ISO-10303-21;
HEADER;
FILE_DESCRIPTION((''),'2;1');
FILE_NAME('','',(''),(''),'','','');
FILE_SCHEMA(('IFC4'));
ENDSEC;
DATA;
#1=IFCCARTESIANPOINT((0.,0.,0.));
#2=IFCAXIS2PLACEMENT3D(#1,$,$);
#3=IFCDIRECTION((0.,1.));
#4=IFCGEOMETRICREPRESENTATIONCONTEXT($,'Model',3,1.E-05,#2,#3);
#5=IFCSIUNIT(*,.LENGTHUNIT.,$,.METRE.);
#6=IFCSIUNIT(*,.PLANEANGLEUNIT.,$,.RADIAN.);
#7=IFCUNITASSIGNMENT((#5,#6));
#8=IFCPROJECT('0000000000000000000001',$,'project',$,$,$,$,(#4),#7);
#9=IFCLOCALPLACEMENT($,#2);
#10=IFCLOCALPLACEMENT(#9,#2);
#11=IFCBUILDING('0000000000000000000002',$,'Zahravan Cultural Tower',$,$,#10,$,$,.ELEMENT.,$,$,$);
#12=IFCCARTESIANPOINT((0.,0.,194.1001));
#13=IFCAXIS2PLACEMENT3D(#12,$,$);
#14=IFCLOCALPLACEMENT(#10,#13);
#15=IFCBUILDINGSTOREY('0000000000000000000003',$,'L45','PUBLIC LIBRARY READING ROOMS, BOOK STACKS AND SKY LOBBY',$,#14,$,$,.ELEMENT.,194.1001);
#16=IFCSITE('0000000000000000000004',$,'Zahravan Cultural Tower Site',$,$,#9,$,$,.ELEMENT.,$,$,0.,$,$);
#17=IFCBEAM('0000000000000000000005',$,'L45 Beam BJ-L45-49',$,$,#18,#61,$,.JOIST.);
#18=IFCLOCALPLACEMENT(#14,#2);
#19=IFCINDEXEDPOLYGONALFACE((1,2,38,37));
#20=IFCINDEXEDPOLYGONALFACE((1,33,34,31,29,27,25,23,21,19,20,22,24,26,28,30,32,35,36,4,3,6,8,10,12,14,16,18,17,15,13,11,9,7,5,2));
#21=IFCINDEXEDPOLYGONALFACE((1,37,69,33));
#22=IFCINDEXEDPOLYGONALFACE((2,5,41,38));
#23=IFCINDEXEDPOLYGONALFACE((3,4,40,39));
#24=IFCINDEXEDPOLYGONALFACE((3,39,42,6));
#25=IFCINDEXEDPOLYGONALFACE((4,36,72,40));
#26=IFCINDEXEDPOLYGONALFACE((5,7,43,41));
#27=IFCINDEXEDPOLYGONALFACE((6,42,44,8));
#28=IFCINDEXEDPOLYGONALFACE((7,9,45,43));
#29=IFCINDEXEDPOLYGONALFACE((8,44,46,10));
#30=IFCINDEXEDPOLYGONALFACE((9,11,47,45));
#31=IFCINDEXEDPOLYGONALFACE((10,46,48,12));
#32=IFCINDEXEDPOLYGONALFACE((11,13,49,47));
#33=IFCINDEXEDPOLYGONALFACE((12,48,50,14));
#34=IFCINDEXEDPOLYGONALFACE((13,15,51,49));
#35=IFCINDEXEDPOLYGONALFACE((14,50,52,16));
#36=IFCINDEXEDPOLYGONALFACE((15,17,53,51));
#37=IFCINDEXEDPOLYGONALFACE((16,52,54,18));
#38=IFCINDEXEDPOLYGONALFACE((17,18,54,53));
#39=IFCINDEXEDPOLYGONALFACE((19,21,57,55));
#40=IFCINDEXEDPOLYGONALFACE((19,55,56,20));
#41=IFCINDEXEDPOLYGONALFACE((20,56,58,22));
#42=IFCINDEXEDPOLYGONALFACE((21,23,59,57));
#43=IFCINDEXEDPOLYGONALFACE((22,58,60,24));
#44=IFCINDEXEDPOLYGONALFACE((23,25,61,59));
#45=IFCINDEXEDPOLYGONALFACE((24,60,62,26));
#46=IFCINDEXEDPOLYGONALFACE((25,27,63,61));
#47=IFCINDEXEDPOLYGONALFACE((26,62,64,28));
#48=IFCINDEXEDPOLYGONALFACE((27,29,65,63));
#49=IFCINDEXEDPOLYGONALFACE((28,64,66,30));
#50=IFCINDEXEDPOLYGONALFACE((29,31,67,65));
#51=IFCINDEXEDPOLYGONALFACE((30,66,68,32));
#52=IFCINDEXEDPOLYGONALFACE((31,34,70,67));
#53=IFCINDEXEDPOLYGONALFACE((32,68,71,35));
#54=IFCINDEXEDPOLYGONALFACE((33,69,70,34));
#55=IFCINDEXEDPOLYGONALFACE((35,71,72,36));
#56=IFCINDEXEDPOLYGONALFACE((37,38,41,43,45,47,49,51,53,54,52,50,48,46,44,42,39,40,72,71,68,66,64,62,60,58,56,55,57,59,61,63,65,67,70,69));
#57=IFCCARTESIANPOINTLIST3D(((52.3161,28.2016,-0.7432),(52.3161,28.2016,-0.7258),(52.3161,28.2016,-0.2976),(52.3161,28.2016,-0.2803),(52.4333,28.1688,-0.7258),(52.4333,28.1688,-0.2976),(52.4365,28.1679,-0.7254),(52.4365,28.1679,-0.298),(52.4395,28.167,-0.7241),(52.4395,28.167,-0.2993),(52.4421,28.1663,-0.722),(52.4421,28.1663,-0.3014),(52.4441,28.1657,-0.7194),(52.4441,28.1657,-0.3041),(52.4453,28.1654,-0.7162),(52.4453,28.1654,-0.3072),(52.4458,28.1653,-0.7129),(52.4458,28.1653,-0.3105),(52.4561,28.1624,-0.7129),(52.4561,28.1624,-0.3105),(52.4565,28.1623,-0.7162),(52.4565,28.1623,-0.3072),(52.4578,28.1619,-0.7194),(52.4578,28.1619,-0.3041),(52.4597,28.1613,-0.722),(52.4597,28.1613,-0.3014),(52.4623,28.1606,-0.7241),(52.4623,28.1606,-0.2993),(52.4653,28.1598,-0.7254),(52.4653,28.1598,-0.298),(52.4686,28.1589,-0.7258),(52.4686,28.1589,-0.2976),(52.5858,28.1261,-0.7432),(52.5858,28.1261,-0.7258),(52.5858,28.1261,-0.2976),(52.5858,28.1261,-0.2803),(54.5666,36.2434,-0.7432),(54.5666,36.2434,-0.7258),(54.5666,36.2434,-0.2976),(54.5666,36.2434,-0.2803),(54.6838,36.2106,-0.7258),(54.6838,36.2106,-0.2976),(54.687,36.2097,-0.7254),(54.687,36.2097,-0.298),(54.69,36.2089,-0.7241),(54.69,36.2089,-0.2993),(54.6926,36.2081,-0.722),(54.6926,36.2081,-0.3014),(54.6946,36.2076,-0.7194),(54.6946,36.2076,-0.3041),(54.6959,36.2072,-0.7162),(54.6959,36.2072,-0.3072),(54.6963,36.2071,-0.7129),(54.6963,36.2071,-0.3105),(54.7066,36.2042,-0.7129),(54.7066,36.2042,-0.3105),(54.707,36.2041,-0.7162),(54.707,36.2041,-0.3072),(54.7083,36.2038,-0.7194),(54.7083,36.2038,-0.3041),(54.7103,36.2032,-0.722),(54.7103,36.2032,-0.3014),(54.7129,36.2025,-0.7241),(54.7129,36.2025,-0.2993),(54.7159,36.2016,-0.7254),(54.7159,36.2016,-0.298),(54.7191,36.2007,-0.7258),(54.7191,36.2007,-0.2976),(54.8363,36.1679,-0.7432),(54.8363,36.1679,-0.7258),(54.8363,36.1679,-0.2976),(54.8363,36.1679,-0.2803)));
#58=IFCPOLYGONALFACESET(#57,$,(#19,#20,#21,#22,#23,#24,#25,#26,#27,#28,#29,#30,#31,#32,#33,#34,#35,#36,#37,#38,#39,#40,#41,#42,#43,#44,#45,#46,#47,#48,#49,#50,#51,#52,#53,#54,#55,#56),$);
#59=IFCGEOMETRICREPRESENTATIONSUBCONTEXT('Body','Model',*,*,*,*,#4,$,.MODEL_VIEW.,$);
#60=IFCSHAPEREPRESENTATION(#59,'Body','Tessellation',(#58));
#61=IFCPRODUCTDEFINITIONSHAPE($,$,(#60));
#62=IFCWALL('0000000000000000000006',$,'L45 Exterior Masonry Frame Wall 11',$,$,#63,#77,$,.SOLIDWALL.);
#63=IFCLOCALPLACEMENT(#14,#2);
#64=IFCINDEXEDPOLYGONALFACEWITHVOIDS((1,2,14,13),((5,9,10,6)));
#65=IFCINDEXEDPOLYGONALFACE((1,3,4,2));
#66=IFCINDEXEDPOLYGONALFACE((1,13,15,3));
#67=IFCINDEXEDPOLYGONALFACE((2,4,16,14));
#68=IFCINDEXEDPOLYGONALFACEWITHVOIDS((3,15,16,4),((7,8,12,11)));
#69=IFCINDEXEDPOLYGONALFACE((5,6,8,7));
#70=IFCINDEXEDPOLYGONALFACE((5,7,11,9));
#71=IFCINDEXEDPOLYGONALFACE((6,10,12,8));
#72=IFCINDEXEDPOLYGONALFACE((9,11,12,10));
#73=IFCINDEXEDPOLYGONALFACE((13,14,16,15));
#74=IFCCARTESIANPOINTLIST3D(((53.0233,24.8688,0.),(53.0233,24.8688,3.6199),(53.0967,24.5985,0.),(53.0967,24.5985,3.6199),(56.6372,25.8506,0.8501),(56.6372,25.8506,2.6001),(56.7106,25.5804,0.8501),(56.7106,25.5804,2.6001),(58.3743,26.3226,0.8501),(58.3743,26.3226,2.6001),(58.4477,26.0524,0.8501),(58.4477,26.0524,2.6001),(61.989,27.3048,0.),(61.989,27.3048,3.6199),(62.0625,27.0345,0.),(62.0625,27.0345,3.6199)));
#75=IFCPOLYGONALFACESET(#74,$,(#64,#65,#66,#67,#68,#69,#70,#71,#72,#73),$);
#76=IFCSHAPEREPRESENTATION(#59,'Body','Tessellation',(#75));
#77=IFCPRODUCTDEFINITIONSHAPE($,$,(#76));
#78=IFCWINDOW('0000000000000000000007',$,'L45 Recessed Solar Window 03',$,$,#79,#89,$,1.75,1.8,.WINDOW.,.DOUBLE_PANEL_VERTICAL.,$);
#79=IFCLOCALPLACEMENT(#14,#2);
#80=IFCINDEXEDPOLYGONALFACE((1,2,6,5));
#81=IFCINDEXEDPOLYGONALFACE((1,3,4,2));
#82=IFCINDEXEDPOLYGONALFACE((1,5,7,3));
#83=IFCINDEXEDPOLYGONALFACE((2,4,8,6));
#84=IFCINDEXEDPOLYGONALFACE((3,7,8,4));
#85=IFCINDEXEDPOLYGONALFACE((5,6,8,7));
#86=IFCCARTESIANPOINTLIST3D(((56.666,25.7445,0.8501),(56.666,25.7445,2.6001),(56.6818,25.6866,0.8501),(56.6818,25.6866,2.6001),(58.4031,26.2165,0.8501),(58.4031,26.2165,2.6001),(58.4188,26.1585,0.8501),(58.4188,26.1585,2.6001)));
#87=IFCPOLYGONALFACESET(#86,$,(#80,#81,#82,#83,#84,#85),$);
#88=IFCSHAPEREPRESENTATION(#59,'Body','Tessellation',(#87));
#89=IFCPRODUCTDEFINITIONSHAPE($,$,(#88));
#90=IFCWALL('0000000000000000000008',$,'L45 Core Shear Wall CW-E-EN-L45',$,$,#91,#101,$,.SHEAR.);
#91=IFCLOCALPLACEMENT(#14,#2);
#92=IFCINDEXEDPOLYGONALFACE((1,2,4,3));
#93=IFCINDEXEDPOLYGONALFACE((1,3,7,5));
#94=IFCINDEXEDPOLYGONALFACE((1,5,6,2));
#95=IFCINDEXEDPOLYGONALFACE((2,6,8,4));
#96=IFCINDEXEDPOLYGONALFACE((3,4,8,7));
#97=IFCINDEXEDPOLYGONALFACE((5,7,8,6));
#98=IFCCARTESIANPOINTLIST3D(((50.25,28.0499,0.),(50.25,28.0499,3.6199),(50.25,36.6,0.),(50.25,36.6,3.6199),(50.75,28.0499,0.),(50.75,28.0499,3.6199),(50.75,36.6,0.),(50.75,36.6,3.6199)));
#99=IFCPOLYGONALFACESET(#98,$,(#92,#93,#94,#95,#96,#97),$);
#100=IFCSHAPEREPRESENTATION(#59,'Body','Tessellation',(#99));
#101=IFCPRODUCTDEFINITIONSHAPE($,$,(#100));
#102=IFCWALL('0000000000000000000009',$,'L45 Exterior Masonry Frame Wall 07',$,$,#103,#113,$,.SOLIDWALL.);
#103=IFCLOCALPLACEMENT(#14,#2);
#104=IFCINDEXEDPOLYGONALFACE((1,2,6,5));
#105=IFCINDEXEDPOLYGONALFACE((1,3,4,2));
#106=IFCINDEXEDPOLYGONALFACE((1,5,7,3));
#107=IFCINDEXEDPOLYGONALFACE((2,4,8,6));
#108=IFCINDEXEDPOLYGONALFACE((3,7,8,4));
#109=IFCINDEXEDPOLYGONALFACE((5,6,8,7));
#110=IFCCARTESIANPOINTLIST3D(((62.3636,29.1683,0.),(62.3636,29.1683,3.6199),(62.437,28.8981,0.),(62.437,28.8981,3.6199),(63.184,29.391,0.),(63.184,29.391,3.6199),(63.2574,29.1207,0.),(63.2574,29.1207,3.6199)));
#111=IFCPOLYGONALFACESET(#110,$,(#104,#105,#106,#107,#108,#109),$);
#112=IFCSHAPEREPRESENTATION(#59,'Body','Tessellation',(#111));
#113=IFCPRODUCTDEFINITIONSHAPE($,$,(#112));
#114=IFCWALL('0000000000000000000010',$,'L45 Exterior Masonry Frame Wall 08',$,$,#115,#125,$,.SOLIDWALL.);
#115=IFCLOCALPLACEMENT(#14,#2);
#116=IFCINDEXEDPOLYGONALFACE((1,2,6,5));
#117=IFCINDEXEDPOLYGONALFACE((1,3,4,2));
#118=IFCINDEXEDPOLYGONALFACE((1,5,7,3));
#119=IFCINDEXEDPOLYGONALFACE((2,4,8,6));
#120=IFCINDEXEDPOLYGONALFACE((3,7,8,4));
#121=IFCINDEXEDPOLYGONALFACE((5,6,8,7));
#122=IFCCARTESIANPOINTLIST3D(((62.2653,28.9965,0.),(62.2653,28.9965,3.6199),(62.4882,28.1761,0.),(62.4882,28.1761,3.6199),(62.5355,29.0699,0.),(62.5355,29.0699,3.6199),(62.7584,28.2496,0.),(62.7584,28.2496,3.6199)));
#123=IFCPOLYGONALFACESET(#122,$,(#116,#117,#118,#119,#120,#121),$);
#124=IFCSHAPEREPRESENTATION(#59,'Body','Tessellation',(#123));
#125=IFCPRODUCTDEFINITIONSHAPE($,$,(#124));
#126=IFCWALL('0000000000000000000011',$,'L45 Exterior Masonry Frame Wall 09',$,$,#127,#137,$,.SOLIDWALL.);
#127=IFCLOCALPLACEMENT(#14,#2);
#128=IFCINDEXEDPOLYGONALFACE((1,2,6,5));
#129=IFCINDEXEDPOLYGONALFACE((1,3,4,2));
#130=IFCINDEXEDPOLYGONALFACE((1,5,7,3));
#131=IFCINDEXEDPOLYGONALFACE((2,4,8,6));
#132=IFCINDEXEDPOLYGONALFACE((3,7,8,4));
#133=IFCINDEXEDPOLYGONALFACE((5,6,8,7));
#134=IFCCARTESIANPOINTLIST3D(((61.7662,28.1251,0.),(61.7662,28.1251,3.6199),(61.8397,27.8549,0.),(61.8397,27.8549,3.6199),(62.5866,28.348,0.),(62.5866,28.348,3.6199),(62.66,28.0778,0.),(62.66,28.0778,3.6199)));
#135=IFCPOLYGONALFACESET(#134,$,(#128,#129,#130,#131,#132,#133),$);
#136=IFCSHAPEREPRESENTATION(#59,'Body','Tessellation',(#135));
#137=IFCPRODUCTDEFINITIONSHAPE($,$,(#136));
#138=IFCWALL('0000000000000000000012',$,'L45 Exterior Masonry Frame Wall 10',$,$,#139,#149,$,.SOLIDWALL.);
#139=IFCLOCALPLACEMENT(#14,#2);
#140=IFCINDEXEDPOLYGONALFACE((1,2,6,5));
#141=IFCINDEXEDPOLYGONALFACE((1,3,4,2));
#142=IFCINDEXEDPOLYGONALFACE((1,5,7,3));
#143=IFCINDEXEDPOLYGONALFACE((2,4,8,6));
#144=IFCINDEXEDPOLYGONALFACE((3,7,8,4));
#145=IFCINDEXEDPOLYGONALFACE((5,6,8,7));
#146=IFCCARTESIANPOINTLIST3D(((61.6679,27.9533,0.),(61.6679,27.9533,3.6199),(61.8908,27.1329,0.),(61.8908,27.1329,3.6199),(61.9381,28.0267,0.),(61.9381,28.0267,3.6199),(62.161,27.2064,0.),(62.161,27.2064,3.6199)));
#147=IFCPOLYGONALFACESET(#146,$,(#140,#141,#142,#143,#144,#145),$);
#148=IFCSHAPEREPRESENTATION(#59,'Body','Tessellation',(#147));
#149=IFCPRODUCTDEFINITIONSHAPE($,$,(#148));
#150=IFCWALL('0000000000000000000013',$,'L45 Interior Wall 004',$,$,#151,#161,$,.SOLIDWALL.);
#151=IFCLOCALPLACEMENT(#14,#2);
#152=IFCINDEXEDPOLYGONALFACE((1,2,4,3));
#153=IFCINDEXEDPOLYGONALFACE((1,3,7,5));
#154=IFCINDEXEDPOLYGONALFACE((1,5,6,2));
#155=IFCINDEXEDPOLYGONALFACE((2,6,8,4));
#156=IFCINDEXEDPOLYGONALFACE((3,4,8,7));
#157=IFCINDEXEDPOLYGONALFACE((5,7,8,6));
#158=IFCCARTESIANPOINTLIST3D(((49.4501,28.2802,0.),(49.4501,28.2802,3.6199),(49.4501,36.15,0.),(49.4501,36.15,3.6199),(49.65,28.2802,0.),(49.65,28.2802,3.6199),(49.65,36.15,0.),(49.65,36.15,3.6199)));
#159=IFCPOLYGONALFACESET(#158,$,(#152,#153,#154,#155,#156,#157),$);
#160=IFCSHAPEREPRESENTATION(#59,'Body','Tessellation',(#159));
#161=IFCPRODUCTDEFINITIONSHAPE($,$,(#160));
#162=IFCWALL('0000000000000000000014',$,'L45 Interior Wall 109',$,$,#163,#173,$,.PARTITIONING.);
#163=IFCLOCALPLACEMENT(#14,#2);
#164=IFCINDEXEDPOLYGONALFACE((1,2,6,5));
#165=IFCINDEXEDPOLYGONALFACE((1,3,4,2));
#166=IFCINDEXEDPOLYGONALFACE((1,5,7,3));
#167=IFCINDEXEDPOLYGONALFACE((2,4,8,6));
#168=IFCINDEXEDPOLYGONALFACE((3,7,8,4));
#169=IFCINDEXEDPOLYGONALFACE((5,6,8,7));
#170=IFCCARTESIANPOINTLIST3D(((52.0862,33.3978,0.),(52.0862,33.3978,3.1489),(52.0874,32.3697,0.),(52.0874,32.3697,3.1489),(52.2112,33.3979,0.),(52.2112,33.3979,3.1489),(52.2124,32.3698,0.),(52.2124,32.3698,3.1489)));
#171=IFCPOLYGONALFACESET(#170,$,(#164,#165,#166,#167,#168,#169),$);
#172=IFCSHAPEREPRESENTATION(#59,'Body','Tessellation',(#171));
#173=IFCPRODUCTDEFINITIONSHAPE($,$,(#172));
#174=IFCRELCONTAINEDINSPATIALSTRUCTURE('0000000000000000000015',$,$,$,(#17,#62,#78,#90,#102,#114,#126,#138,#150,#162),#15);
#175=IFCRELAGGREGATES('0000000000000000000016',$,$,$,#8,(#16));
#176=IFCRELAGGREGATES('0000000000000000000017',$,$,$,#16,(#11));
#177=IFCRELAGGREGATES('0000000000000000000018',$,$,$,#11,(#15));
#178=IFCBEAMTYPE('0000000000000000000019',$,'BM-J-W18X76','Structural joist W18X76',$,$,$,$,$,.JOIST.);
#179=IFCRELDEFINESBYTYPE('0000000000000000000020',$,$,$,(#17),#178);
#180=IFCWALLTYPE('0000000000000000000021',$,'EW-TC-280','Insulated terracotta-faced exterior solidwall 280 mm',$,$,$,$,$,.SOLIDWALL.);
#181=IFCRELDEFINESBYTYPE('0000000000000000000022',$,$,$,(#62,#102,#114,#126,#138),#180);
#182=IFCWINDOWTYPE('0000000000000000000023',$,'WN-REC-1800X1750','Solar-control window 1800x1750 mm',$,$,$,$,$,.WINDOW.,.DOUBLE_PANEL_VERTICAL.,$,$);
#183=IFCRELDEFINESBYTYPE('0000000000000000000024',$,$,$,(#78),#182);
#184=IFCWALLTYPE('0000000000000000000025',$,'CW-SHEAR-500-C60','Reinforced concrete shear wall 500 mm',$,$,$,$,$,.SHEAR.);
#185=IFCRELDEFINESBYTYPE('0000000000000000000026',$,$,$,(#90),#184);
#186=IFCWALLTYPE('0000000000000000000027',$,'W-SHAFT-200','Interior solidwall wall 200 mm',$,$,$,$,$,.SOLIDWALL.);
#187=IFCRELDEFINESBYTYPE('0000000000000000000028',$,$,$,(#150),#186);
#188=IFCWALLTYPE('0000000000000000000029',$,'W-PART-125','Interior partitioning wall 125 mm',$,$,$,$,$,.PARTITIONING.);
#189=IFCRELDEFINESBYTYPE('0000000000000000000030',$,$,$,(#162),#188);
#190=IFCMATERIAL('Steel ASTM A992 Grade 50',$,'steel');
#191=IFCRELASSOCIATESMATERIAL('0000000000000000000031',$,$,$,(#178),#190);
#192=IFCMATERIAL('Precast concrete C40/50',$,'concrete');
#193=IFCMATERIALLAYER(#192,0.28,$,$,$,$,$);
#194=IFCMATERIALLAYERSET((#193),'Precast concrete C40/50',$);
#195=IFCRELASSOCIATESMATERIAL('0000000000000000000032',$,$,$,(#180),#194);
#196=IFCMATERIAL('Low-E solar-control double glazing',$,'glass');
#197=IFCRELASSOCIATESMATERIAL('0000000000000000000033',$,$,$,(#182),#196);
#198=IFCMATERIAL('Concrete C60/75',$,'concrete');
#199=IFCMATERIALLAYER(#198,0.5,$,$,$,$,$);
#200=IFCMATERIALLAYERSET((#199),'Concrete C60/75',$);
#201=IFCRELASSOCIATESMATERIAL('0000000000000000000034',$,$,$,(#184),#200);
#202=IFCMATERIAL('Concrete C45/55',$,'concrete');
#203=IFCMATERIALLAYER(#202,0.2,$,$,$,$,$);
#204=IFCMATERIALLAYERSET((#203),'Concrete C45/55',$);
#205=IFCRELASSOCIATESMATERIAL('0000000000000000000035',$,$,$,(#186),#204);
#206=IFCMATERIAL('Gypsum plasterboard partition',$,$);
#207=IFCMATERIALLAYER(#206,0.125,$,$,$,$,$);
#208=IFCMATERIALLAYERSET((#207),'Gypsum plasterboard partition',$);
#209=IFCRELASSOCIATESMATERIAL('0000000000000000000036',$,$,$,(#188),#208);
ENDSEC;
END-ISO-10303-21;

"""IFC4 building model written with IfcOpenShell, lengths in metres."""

from ifc_helpers import new_model, si_unit, direction, frame, frame_2d, origin, origin_2d, place, context, subcontext, project, spatial, rectangle, i_section, extrude, source, transform, mapped, material, layer, layer_set, material_profile, profile_set, type_object, element, fill, save


model = new_model("IFC4")

# Units and contexts
model_context = context("Model", 3, precision=1e-05, world=origin(), true_north=direction((0.0, 1.0)))
body_context = subcontext(model_context, "Body", "Model", "MODEL_VIEW")
ifc_project = project(units=[si_unit("LENGTHUNIT", "METRE"), si_unit("PLANEANGLEUNIT", "RADIAN")], contexts=[model_context])

# Site, building, storey
site_placement = place(None, origin())
site = spatial("IfcSite", under=ifc_project, at=site_placement, Name="Zahravan Cultural Tower Site", CompositionType="ELEMENT", RefElevation=0.0)
building_placement = place(site_placement, origin())
building = spatial("IfcBuilding", under=site, at=building_placement, Name="Zahravan Cultural Tower", CompositionType="ELEMENT")
storey_placement = place(building_placement, frame((0.0, 0.0, 194.1001)))
storey = spatial("IfcBuildingStorey", under=building, at=storey_placement, Name="L45", Description="PUBLIC LIBRARY READING ROOMS, BOOK STACKS AND SKY LOBBY", CompositionType="ELEMENT", Elevation=194.1001)

# Shared definitions
ifc_material_1 = material(Name="Steel ASTM A992 Grade 50", Category="steel")

# Beam
ifc_material_profile_1 = material_profile(ifc_material_1, i_section(OverallWidth=0.28, OverallDepth=0.4629, WebThickness=0.0107, FlangeThickness=0.0173, FilletRadius=0.0129, at=origin_2d()), Name="W18X76")
ifc_profile_set_1 = profile_set([ifc_material_profile_1], Name="Steel ASTM A992 Grade 50")
beam_type_1 = type_object("IfcBeamType", Name="BM-J-W18X76", Description="Structural joist W18X76", PredefinedType="JOIST", material=ifc_profile_set_1)
shared_shape_1 = source(origin(), body_context, "Body", "SweptSolid", [
    extrude(i_section(OverallWidth=0.28, OverallDepth=0.4629, WebThickness=0.0107, FlangeThickness=0.0173, FilletRadius=0.0129, at=origin_2d()), origin(), (0.0, 0.0, 1.0), 8.3508),
])
beam_1_placement = place(storey_placement, frame((52.4509, 28.1638, -0.5117), z_axis=(0.269497, 0.963001, 0.0), x_axis=(-0.963001, 0.269497, 0.0)))
element("IfcBeam", 1, at=beam_1_placement, inside=storey, type_object=beam_type_1, Name="L45 Beam BJ-L45-49", PredefinedType="JOIST", context=body_context, shape_type="MappedRepresentation", body=[
    mapped(shared_shape_1, transform((0.0, 0.0, 0.0), x_axis=(1.0, 0.0, 0.0), y_axis=(0.0, 1.0, 0.0), z_axis=(0.0, 0.0, 1.0), scale=1.0)),
])

# Wall, opening, window
ifc_material_2 = material(Name="Precast concrete C40/50", Category="concrete")
ifc_layer_1 = layer(ifc_material_2, 0.28)
ifc_layer_set_1 = layer_set([ifc_layer_1], Name="Precast concrete C40/50")
wall_type_1 = type_object("IfcWallType", Name="EW-TC-280", Description="Insulated terracotta-faced exterior solidwall 280 mm", PredefinedType="SOLIDWALL", material=ifc_layer_set_1)
wall_1_placement = place(storey_placement, frame((62.0259, 27.1697, 0.0), z_axis=(0.0, 0.0, 1.0), x_axis=(-0.965014, -0.262197, 0.0)))
wall_1 = element("IfcWall", 2, at=wall_1_placement, inside=storey, type_object=wall_type_1, Name="L45 Exterior Masonry Frame Wall 11", PredefinedType="SOLIDWALL", context=body_context, shape_type="SweptSolid", body=[
    extrude(rectangle(XDim=9.2908, YDim=0.28, at=frame_2d((4.6455, 0.0))), origin(), (0.0, 0.0, 1.0), 3.6199),
])
opening_placement = place(wall_1_placement, frame((3.7461, 0.0, 0.8501)))
opening = element("IfcOpeningElement", 3, at=opening_placement, cuts=wall_1, PredefinedType="OPENING", context=body_context, shape_type="SweptSolid", body=[
    extrude(rectangle(XDim=1.8, YDim=1.75, at=frame_2d((0.8999, 0.875))), frame((0.0, 0.1499, 0.0), z_axis=(0.0, -1.0, 0.0), x_axis=(1.0, 0.0, 0.0)), (0.0, 0.0, 1.0), 0.3),
])
ifc_material_3 = material(Name="Low-E solar-control double glazing", Category="glass")
window_type = type_object("IfcWindowType", Name="WN-REC-1800X1750", Description="Solar-control window 1800x1750 mm", PartitioningType="DOUBLE_PANEL_VERTICAL", PredefinedType="WINDOW", material=ifc_material_3)
shared_shape_2 = source(origin(), body_context, "Body", "SweptSolid", [
    extrude(rectangle(XDim=1.8, YDim=1.75, at=frame_2d((0.8999, 0.875))), frame((0.0, 0.03, 0.0), z_axis=(0.0, -1.0, 0.0), x_axis=(1.0, 0.0, 0.0)), (0.0, 0.0, 1.0), 0.0601),
])
window_placement = place(opening_placement, origin())
window = element("IfcWindow", 4, at=window_placement, inside=storey, type_object=window_type, Name="L45 Recessed Solar Window 03", OverallHeight=1.75, OverallWidth=1.8, PartitioningType="DOUBLE_PANEL_VERTICAL", PredefinedType="WINDOW", context=body_context, shape_type="MappedRepresentation", body=[
    mapped(shared_shape_2, transform((0.0, 0.0, 0.0), x_axis=(1.0, 0.0, 0.0), y_axis=(0.0, 1.0, 0.0), z_axis=(0.0, 0.0, 1.0), scale=1.0)),
])
fill(opening, window)

# Walls
ifc_material_4 = material(Name="Concrete C60/75", Category="concrete")
ifc_layer_2 = layer(ifc_material_4, 0.5)
ifc_layer_set_2 = layer_set([ifc_layer_2], Name="Concrete C60/75")
wall_type_2 = type_object("IfcWallType", Name="CW-SHEAR-500-C60", Description="Reinforced concrete shear wall 500 mm", PredefinedType="SHEAR", material=ifc_layer_set_2)
shared_shape_3 = source(origin(), body_context, "Body", "SweptSolid", [
    extrude(rectangle(XDim=8.55, YDim=0.5, at=frame_2d((4.2749, 0.0))), origin(), (0.0, 0.0, 1.0), 3.6199),
])
wall_2_placement = place(storey_placement, frame((50.5, 28.05, 0.0), z_axis=(0.0, 0.0, 1.0), x_axis=(0.0, 1.0, 0.0)))
element("IfcWall", 5, at=wall_2_placement, inside=storey, type_object=wall_type_2, Name="L45 Core Shear Wall CW-E-EN-L45", PredefinedType="SHEAR", context=body_context, shape_type="MappedRepresentation", body=[
    mapped(shared_shape_3, transform((0.0, 0.0, 0.0), x_axis=(1.0, 0.0, 0.0), y_axis=(0.0, 1.0, 0.0), z_axis=(0.0, 0.0, 1.0), scale=1.0)),
])
shared_shape_4 = source(origin(), body_context, "Body", "SweptSolid", [
    extrude(rectangle(XDim=0.8501, YDim=0.28, at=frame_2d((0.425, 0.0))), origin(), (0.0, 0.0, 1.0), 3.6199),
])
for number, where, z_axis, x_axis, name in (
    (6, (63.2207, 29.2559, 0.0), (0.0, 0.0, 1.0), (-0.965081, -0.261951, 0.0), "L45 Exterior Masonry Frame Wall 07"),
    (7, (62.4004, 29.0332, 0.0), (0.0, 0.0, 1.0), (0.262218, -0.965009, 0.0), "L45 Exterior Masonry Frame Wall 08"),
    (8, (62.6233, 28.2129, 0.0), (0.0, 0.0, 1.0), (-0.965009, -0.262218, 0.0), "L45 Exterior Masonry Frame Wall 09"),
    (9, (61.803, 27.99, 0.0), (0.0, 0.0, 1.0), (0.262218, -0.965009, 0.0), "L45 Exterior Masonry Frame Wall 10"),
):
    element("IfcWall", number, at=place(storey_placement, frame(where, z_axis=z_axis, x_axis=x_axis)), inside=storey, type_object=wall_type_1, Name=name, PredefinedType="SOLIDWALL", context=body_context, shape_type="MappedRepresentation", body=[
        mapped(shared_shape_4, transform((0.0, 0.0, 0.0), x_axis=(1.0, 0.0, 0.0), y_axis=(0.0, 1.0, 0.0), z_axis=(0.0, 0.0, 1.0), scale=1.0)),
    ])
ifc_material_5 = material(Name="Concrete C45/55", Category="concrete")
ifc_layer_3 = layer(ifc_material_5, 0.2)
ifc_layer_set_3 = layer_set([ifc_layer_3], Name="Concrete C45/55")
wall_type_3 = type_object("IfcWallType", Name="W-SHAFT-200", Description="Interior solidwall wall 200 mm", PredefinedType="SOLIDWALL", material=ifc_layer_set_3)
shared_shape_5 = source(origin(), body_context, "Body", "SweptSolid", [
    extrude(rectangle(XDim=7.8699, YDim=0.2, at=frame_2d((3.9351, 0.0))), origin(), (0.0, 0.0, 1.0), 3.6199),
])
wall_3_placement = place(storey_placement, frame((49.55, 28.28, 0.0), z_axis=(0.0, 0.0, 1.0), x_axis=(0.0, 1.0, 0.0)))
element("IfcWall", 10, at=wall_3_placement, inside=storey, type_object=wall_type_3, Name="L45 Interior Wall 004", PredefinedType="SOLIDWALL", context=body_context, shape_type="MappedRepresentation", body=[
    mapped(shared_shape_5, transform((0.0, 0.0, 0.0), x_axis=(1.0, 0.0, 0.0), y_axis=(0.0, 1.0, 0.0), z_axis=(0.0, 0.0, 1.0), scale=1.0)),
])
ifc_material_6 = material(Name="Gypsum plasterboard partition")
ifc_layer_4 = layer(ifc_material_6, 0.125)
ifc_layer_set_4 = layer_set([ifc_layer_4], Name="Gypsum plasterboard partition")
wall_type_4 = type_object("IfcWallType", Name="W-PART-125", Description="Interior partitioning wall 125 mm", PredefinedType="PARTITIONING", material=ifc_layer_set_4)
shared_shape_6 = source(origin(), body_context, "Body", "SweptSolid", [
    extrude(rectangle(XDim=1.0281, YDim=0.125, at=frame_2d((0.5142, 0.0))), origin(), (0.0, 0.0, 1.0), 3.1489),
])
wall_4_placement = place(storey_placement, frame((52.1499, 32.3696, 0.0), z_axis=(0.0, 0.0, 1.0), x_axis=(-0.001187, 0.999999, 0.0)))
element("IfcWall", 11, at=wall_4_placement, inside=storey, type_object=wall_type_4, Name="L45 Interior Wall 109", PredefinedType="PARTITIONING", context=body_context, shape_type="MappedRepresentation", body=[
    mapped(shared_shape_6, transform((0.0, 0.0, 0.0), x_axis=(1.0, 0.0, 0.0), y_axis=(0.0, 1.0, 0.0), z_axis=(0.0, 0.0, 1.0), scale=1.0)),
])

save(model, "model.ifc")
